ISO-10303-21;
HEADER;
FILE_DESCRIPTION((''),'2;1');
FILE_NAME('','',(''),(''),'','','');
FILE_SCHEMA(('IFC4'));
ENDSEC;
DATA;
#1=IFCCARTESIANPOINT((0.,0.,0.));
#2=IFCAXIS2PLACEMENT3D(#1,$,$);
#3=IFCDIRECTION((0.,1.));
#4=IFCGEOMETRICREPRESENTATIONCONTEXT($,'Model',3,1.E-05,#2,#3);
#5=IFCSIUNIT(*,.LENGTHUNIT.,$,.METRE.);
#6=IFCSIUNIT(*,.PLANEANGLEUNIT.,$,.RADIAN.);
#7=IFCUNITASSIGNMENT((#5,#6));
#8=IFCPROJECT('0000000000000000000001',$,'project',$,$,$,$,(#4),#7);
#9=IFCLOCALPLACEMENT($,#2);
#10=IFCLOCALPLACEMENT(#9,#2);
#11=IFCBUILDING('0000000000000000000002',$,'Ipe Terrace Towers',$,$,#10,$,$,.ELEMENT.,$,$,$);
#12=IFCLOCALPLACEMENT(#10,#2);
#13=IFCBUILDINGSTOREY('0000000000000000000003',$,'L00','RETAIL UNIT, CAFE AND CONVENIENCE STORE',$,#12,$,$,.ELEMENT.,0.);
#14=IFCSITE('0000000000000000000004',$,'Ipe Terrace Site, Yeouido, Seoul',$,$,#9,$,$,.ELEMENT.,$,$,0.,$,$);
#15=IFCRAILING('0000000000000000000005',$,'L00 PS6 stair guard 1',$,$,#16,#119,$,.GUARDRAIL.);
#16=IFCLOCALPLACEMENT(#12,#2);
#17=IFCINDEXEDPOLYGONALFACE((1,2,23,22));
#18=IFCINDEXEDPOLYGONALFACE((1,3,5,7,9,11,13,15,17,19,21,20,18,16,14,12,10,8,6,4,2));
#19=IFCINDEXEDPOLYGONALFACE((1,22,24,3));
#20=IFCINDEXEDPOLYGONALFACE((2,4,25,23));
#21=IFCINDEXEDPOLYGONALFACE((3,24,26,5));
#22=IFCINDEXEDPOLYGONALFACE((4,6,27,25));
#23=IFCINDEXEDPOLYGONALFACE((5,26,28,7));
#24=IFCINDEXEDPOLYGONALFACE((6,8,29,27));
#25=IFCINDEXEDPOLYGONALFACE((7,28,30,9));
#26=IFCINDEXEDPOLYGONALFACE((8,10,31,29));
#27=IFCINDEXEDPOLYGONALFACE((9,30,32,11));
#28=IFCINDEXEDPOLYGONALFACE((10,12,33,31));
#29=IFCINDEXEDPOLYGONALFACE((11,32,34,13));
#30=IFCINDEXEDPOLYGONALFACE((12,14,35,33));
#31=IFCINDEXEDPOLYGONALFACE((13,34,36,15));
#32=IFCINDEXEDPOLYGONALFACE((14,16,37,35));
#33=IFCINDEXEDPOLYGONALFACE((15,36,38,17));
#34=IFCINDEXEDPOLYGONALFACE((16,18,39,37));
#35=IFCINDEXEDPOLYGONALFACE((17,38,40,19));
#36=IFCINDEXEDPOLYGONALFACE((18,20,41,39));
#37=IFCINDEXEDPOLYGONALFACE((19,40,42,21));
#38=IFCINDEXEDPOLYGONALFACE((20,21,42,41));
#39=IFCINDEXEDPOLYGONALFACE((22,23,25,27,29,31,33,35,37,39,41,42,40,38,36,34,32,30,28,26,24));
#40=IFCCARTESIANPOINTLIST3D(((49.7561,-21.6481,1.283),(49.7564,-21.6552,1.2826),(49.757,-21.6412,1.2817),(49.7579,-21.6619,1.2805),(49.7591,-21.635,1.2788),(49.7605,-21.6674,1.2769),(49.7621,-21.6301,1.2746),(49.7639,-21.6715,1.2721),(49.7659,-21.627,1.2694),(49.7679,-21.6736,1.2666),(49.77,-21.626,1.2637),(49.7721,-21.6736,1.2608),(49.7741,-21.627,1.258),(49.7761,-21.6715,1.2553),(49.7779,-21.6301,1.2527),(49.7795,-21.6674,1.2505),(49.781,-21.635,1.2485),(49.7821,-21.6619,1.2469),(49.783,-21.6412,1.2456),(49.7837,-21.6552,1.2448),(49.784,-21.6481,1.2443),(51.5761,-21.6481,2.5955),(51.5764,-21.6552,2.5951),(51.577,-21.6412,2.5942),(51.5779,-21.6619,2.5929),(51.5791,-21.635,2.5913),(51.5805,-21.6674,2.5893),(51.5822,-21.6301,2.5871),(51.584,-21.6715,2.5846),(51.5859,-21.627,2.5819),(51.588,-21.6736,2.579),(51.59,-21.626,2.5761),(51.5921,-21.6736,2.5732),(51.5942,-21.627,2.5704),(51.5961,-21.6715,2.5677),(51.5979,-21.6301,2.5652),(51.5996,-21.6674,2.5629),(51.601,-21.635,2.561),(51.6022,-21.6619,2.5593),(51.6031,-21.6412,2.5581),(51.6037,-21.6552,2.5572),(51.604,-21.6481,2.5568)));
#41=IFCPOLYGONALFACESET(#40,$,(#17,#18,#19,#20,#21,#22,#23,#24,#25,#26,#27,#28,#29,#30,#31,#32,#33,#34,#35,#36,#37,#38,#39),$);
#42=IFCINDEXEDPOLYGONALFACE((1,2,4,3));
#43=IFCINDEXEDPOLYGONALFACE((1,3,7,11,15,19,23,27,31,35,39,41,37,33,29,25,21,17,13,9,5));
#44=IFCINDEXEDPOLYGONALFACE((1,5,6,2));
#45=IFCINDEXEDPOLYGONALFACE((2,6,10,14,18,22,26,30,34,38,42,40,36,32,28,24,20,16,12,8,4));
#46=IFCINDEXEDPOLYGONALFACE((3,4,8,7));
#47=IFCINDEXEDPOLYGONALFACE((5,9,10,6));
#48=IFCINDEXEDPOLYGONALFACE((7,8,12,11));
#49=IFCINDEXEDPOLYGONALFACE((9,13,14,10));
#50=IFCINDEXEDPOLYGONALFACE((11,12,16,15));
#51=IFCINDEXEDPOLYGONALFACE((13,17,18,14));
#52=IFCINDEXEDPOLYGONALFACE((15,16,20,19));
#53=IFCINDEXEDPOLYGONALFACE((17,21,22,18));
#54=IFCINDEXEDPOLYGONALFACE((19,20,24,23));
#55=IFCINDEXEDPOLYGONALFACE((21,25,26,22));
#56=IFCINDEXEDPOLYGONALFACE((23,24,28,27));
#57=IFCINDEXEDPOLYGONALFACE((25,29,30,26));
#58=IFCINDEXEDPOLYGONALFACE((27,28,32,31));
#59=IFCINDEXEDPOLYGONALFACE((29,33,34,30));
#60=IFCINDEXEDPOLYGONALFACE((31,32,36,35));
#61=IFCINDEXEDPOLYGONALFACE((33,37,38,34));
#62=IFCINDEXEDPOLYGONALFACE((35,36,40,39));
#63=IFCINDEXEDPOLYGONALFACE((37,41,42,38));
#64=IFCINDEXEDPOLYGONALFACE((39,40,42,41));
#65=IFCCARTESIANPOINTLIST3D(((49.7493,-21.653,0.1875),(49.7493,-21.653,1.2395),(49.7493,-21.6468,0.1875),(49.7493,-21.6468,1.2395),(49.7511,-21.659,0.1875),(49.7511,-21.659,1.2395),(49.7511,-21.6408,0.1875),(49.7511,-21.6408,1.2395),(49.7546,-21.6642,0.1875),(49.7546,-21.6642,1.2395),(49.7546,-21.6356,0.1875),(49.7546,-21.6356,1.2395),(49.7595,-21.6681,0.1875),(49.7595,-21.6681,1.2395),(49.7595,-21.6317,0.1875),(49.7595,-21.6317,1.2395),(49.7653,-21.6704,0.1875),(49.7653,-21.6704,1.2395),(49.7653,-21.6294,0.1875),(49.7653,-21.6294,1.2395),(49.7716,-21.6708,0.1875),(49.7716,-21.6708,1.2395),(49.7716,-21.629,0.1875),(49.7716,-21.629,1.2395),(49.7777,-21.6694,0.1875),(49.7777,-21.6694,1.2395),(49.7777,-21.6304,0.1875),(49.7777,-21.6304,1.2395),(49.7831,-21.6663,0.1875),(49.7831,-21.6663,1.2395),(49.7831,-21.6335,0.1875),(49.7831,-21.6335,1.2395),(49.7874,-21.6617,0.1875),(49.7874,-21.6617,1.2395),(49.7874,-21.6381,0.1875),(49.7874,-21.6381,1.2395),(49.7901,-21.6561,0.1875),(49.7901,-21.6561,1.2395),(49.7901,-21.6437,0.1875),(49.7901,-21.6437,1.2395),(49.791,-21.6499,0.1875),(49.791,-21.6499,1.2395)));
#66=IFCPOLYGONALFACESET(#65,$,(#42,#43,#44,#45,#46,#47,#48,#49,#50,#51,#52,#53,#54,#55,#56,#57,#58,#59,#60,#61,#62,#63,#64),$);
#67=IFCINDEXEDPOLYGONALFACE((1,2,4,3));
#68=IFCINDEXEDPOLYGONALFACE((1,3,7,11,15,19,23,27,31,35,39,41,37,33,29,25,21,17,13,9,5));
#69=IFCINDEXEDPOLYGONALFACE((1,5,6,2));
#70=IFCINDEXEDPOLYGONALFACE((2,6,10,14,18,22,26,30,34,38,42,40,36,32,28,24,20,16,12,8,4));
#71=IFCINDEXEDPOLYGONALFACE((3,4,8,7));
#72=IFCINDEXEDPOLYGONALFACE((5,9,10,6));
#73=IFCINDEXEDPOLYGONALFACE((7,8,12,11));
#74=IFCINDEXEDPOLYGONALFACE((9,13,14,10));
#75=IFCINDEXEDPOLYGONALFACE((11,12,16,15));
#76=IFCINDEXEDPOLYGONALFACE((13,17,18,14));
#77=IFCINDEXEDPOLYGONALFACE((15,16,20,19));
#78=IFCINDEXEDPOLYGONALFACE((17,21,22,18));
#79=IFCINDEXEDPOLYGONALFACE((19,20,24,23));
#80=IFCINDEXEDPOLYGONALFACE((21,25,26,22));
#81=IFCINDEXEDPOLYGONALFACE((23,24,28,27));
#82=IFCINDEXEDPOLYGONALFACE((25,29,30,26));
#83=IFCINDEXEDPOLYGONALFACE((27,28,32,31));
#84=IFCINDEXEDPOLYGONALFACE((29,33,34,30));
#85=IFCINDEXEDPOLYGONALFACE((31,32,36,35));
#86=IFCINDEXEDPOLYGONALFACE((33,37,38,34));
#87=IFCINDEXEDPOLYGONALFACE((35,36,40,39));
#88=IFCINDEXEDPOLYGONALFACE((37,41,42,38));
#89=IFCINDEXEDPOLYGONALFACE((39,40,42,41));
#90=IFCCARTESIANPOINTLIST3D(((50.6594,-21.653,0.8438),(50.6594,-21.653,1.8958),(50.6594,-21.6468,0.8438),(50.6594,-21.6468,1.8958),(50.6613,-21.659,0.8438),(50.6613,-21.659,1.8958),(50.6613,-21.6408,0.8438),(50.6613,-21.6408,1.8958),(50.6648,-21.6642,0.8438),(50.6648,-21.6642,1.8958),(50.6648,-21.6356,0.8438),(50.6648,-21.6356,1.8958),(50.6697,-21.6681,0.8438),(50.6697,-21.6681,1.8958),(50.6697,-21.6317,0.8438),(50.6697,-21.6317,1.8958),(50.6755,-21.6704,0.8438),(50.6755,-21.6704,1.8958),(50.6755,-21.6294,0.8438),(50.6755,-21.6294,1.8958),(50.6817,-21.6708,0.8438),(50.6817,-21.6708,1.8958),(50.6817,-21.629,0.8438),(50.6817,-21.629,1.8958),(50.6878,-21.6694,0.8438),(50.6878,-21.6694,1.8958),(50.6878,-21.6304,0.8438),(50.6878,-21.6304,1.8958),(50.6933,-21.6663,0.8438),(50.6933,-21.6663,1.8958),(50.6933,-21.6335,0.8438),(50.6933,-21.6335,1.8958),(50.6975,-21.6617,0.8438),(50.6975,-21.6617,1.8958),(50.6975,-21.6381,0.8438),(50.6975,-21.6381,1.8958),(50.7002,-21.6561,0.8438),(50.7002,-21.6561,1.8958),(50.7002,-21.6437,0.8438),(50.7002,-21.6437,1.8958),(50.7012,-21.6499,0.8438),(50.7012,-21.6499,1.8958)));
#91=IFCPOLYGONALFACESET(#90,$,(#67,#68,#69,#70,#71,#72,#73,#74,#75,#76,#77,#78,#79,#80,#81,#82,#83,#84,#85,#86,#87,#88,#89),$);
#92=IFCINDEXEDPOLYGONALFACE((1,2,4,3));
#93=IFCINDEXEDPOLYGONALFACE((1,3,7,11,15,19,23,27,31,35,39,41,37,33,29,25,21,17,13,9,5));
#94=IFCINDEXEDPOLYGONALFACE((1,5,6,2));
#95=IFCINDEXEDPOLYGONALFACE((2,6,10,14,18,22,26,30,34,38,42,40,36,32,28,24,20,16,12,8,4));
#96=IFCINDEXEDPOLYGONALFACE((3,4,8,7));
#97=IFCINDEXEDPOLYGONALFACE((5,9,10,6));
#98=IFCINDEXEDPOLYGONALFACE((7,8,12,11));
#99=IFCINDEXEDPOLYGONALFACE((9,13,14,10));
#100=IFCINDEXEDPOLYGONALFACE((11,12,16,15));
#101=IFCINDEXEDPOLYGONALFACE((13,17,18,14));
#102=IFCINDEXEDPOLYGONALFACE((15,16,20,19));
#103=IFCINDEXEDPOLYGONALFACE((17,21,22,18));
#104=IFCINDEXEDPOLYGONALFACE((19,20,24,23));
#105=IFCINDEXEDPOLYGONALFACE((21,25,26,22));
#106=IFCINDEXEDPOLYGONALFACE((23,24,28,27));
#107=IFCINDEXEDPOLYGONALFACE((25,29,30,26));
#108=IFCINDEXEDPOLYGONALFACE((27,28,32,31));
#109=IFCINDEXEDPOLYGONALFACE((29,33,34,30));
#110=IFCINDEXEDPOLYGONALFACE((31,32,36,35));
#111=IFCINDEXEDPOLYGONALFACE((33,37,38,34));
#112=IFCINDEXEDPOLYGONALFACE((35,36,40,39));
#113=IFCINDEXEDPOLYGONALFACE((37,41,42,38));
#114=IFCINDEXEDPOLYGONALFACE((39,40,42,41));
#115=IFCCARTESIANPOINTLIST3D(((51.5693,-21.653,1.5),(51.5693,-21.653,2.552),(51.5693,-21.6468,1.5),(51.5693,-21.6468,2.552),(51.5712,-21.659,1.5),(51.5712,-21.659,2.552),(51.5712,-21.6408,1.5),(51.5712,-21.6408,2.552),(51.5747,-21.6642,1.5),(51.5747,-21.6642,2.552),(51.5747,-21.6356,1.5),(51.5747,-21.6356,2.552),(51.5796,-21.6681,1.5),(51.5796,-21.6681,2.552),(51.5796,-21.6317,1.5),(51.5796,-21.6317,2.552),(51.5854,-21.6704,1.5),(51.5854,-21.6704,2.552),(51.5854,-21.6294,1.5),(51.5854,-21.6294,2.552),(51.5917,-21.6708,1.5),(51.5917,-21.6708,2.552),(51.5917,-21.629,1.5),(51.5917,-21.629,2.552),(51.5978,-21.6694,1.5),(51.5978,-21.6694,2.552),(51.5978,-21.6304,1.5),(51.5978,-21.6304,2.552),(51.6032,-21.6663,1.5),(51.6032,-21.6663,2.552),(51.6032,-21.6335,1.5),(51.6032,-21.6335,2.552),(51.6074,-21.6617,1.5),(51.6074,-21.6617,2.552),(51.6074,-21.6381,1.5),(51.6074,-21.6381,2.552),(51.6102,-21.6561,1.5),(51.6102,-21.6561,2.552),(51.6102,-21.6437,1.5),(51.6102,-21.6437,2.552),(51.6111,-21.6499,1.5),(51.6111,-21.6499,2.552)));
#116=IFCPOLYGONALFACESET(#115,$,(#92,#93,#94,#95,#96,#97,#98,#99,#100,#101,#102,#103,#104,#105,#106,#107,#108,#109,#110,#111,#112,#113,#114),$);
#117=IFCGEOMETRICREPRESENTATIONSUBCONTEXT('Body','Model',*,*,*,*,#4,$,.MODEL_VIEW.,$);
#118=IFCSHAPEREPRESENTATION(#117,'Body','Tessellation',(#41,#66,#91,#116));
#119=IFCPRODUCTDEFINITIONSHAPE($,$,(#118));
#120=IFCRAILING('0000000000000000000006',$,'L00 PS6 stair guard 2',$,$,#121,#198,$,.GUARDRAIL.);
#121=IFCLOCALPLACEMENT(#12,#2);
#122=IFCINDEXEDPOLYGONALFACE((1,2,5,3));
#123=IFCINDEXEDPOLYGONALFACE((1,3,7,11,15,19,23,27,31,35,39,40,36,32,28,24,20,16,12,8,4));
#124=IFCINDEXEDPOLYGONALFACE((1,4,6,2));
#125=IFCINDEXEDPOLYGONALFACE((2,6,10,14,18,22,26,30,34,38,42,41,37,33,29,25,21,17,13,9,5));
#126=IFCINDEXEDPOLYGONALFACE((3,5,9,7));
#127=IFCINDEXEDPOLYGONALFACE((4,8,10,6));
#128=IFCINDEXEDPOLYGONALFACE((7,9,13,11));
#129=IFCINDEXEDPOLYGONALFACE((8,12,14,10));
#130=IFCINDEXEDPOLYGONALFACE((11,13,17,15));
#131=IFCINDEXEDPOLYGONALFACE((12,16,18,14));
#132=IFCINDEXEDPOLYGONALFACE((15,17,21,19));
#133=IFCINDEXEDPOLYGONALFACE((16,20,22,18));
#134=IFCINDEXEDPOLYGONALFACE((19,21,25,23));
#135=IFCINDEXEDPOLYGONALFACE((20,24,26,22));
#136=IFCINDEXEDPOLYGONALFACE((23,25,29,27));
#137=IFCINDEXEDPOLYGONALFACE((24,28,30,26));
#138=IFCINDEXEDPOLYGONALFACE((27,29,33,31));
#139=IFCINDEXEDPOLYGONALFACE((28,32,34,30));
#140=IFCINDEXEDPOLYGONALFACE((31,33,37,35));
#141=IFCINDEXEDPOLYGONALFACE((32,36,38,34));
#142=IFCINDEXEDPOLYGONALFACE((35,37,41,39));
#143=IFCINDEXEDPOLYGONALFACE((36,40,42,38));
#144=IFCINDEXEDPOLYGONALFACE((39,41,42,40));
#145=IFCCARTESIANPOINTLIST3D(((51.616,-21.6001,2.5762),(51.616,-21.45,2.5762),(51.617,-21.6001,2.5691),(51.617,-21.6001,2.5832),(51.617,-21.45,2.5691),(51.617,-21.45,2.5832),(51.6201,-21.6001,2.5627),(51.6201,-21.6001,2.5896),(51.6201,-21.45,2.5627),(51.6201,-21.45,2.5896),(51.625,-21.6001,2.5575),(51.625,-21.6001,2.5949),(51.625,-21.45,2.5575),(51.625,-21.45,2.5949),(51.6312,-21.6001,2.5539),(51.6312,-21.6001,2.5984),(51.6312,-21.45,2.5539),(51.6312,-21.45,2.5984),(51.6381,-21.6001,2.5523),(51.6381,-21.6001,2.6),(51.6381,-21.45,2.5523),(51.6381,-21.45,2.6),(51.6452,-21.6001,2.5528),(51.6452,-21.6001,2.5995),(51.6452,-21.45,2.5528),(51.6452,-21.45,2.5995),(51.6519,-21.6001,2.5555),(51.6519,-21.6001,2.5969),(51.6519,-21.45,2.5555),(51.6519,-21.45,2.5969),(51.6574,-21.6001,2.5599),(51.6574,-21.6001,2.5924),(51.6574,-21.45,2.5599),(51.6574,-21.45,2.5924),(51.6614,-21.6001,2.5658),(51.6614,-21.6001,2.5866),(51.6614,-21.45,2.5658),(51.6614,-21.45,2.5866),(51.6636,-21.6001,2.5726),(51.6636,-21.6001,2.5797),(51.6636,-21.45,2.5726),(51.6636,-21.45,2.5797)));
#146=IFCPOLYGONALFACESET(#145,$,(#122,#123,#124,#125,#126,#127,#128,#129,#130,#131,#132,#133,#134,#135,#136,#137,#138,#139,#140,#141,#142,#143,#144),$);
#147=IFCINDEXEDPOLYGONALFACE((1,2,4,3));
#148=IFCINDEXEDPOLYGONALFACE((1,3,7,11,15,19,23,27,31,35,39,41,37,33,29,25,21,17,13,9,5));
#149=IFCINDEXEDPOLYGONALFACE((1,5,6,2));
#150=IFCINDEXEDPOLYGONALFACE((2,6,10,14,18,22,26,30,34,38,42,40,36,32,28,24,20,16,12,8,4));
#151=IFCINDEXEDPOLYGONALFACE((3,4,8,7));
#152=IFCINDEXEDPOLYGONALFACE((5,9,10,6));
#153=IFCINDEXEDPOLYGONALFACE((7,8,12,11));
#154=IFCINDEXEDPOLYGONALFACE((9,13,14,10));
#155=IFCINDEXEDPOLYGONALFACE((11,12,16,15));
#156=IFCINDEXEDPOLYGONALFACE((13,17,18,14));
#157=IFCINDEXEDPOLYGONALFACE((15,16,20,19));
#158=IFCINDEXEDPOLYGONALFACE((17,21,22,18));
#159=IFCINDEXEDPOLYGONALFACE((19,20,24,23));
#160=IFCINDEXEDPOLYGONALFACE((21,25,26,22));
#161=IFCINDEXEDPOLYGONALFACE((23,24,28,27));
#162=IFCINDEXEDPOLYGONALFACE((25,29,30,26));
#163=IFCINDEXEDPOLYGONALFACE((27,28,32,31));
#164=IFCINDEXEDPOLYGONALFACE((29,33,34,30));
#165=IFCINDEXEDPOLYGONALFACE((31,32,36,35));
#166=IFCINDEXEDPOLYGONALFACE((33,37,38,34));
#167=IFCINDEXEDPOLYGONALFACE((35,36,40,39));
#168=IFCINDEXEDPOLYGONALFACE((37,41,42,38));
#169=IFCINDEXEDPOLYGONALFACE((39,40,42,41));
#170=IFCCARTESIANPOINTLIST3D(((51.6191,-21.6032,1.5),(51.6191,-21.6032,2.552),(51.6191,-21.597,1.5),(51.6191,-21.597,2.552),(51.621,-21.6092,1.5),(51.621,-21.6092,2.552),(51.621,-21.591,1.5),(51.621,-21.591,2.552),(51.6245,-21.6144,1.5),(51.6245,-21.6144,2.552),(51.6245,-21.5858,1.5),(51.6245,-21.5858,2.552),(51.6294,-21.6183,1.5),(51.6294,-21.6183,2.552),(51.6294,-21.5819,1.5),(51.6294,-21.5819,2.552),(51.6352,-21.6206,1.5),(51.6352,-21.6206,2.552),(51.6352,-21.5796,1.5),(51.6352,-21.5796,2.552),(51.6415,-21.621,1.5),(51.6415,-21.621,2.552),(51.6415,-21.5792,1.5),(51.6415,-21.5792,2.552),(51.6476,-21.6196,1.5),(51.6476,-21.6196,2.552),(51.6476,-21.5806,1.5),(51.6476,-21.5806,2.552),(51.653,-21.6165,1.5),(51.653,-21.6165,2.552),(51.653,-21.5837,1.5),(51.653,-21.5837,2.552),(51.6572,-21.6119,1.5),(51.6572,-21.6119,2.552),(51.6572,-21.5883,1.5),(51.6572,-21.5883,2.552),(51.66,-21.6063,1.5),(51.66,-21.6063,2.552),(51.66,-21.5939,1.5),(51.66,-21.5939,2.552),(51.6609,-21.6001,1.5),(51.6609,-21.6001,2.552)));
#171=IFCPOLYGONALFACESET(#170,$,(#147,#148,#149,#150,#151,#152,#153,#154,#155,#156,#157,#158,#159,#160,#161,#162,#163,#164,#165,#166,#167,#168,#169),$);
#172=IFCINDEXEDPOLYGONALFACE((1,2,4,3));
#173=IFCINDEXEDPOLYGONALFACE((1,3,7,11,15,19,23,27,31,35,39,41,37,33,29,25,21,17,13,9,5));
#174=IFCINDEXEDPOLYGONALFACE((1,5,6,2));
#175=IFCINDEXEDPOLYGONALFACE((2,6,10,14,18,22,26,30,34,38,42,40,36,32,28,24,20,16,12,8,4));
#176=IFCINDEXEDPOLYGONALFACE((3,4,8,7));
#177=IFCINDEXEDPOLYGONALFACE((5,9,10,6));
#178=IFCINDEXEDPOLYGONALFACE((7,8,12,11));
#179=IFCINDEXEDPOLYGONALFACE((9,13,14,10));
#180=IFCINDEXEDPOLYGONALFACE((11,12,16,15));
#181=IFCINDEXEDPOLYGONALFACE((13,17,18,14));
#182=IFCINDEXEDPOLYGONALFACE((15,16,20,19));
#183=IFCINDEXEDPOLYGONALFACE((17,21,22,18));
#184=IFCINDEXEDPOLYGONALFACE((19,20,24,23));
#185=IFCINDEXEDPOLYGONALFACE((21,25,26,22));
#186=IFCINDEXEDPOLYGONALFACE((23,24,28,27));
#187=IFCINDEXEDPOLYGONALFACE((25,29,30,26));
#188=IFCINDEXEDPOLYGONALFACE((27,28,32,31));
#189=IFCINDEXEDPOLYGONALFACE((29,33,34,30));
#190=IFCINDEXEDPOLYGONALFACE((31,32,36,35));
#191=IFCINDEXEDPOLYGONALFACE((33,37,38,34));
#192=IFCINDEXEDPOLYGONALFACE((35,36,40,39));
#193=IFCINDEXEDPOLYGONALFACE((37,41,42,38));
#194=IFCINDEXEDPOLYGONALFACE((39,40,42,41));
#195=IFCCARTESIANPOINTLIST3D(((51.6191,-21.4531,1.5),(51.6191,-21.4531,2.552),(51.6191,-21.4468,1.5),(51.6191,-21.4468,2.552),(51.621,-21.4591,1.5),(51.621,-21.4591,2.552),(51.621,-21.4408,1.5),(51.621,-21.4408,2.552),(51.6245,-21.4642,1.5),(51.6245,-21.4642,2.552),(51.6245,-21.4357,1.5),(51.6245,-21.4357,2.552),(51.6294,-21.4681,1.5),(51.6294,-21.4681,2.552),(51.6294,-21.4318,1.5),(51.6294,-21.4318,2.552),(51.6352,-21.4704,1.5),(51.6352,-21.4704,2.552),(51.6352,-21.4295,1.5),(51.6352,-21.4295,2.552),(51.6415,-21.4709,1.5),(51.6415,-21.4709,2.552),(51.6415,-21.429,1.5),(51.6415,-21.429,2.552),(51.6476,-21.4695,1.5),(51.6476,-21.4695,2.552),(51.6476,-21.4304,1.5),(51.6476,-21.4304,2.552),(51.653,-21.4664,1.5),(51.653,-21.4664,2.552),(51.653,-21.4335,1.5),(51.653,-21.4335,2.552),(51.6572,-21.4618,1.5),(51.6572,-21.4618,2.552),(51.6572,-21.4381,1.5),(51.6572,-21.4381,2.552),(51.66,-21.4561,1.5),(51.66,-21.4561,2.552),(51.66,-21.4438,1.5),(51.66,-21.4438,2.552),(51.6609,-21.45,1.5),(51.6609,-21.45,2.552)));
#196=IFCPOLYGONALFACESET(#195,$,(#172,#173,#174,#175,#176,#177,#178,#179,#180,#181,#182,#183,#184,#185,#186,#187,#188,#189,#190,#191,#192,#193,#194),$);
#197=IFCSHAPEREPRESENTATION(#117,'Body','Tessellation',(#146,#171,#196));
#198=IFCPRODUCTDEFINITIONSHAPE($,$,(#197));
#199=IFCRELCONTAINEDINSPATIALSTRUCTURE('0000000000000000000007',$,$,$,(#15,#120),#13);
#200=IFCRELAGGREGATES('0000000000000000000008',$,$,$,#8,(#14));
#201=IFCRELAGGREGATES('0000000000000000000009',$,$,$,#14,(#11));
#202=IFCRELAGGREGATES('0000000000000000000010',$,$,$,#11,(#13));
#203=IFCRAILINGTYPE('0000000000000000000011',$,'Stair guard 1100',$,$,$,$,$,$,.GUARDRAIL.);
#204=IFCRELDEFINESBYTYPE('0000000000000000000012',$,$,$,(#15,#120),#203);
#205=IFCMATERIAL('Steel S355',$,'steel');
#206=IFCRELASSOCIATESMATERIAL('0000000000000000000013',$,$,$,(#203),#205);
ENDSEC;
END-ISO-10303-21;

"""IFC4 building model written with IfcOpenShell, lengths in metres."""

from ifc_helpers import new_model, si_unit, direction, frame, origin, origin_2d, place, context, subcontext, project, spatial, circle, extrude, material, type_object, element, save


model = new_model("IFC4")

# Units and contexts
model_context = context("Model", 3, precision=1e-05, world=origin(), true_north=direction((0.0, 1.0)))
body_context = subcontext(model_context, "Body", "Model", "MODEL_VIEW")
ifc_project = project(units=[si_unit("LENGTHUNIT", "METRE"), si_unit("PLANEANGLEUNIT", "RADIAN")], contexts=[model_context])

# Site, building, storey
site_placement = place(None, origin())
site = spatial("IfcSite", under=ifc_project, at=site_placement, Name="Ipe Terrace Site, Yeouido, Seoul", CompositionType="ELEMENT", RefElevation=0.0)
building_placement = place(site_placement, origin())
building = spatial("IfcBuilding", under=site, at=building_placement, Name="Ipe Terrace Towers", CompositionType="ELEMENT")
storey_placement = place(building_placement, origin())
storey = spatial("IfcBuildingStorey", under=building, at=storey_placement, Name="L00", Description="RETAIL UNIT, CAFE AND CONVENIENCE STORE", CompositionType="ELEMENT", Elevation=0.0)

# Railings
ifc_material_1 = material(Name="Steel S355", Category="steel")
railing_type_1 = type_object("IfcRailingType", Name="Stair guard 1100", PredefinedType="GUARDRAIL", material=ifc_material_1)
railing_1_placement = place(storey_placement, frame((49.77, -21.6499, 0.1875)))
element("IfcRailing", 1, at=railing_1_placement, inside=storey, type_object=railing_type_1, Name="L00 PS6 stair guard 1", PredefinedType="GUARDRAIL", context=body_context, shape_type="SweptSolid", body=[
    extrude(circle(Radius=0.0239, at=origin_2d()), frame((0.0, 0.0, 1.0762), z_axis=(0.811101, 0.0, 0.584906), x_axis=(0.0, 1.0, 0.0)), (0.0, 0.0, 1.0), 2.2439),
    extrude(circle(Radius=0.021, at=origin_2d()), origin(), (0.0, 0.0, 1.0), 1.052),
    extrude(circle(Radius=0.021, at=origin_2d()), frame((0.9102, 0.0, 0.6562)), (0.0, 0.0, 1.0), 1.052),
    extrude(circle(Radius=0.021, at=origin_2d()), frame((1.8201, 0.0, 1.3125)), (0.0, 0.0, 1.0), 1.052),
])
railing_2_placement = place(storey_placement, frame((51.6399, -21.6001, 1.5)))
element("IfcRailing", 2, at=railing_2_placement, inside=storey, type_object=railing_type_1, Name="L00 PS6 stair guard 2", PredefinedType="GUARDRAIL", context=body_context, shape_type="SweptSolid", body=[
    extrude(circle(Radius=0.0239, at=origin_2d()), frame((0.0, 0.0, 1.0762), z_axis=(0.0, 1.0, 0.0), x_axis=(-1.0, 0.0, 0.0)), (0.0, 0.0, 1.0), 0.1501),
    extrude(circle(Radius=0.021, at=origin_2d()), origin(), (0.0, 0.0, 1.0), 1.052),
    extrude(circle(Radius=0.021, at=origin_2d()), frame((0.0, 0.1501, 0.0)), (0.0, 0.0, 1.0), 1.052),
])

save(model, "model.ifc")
